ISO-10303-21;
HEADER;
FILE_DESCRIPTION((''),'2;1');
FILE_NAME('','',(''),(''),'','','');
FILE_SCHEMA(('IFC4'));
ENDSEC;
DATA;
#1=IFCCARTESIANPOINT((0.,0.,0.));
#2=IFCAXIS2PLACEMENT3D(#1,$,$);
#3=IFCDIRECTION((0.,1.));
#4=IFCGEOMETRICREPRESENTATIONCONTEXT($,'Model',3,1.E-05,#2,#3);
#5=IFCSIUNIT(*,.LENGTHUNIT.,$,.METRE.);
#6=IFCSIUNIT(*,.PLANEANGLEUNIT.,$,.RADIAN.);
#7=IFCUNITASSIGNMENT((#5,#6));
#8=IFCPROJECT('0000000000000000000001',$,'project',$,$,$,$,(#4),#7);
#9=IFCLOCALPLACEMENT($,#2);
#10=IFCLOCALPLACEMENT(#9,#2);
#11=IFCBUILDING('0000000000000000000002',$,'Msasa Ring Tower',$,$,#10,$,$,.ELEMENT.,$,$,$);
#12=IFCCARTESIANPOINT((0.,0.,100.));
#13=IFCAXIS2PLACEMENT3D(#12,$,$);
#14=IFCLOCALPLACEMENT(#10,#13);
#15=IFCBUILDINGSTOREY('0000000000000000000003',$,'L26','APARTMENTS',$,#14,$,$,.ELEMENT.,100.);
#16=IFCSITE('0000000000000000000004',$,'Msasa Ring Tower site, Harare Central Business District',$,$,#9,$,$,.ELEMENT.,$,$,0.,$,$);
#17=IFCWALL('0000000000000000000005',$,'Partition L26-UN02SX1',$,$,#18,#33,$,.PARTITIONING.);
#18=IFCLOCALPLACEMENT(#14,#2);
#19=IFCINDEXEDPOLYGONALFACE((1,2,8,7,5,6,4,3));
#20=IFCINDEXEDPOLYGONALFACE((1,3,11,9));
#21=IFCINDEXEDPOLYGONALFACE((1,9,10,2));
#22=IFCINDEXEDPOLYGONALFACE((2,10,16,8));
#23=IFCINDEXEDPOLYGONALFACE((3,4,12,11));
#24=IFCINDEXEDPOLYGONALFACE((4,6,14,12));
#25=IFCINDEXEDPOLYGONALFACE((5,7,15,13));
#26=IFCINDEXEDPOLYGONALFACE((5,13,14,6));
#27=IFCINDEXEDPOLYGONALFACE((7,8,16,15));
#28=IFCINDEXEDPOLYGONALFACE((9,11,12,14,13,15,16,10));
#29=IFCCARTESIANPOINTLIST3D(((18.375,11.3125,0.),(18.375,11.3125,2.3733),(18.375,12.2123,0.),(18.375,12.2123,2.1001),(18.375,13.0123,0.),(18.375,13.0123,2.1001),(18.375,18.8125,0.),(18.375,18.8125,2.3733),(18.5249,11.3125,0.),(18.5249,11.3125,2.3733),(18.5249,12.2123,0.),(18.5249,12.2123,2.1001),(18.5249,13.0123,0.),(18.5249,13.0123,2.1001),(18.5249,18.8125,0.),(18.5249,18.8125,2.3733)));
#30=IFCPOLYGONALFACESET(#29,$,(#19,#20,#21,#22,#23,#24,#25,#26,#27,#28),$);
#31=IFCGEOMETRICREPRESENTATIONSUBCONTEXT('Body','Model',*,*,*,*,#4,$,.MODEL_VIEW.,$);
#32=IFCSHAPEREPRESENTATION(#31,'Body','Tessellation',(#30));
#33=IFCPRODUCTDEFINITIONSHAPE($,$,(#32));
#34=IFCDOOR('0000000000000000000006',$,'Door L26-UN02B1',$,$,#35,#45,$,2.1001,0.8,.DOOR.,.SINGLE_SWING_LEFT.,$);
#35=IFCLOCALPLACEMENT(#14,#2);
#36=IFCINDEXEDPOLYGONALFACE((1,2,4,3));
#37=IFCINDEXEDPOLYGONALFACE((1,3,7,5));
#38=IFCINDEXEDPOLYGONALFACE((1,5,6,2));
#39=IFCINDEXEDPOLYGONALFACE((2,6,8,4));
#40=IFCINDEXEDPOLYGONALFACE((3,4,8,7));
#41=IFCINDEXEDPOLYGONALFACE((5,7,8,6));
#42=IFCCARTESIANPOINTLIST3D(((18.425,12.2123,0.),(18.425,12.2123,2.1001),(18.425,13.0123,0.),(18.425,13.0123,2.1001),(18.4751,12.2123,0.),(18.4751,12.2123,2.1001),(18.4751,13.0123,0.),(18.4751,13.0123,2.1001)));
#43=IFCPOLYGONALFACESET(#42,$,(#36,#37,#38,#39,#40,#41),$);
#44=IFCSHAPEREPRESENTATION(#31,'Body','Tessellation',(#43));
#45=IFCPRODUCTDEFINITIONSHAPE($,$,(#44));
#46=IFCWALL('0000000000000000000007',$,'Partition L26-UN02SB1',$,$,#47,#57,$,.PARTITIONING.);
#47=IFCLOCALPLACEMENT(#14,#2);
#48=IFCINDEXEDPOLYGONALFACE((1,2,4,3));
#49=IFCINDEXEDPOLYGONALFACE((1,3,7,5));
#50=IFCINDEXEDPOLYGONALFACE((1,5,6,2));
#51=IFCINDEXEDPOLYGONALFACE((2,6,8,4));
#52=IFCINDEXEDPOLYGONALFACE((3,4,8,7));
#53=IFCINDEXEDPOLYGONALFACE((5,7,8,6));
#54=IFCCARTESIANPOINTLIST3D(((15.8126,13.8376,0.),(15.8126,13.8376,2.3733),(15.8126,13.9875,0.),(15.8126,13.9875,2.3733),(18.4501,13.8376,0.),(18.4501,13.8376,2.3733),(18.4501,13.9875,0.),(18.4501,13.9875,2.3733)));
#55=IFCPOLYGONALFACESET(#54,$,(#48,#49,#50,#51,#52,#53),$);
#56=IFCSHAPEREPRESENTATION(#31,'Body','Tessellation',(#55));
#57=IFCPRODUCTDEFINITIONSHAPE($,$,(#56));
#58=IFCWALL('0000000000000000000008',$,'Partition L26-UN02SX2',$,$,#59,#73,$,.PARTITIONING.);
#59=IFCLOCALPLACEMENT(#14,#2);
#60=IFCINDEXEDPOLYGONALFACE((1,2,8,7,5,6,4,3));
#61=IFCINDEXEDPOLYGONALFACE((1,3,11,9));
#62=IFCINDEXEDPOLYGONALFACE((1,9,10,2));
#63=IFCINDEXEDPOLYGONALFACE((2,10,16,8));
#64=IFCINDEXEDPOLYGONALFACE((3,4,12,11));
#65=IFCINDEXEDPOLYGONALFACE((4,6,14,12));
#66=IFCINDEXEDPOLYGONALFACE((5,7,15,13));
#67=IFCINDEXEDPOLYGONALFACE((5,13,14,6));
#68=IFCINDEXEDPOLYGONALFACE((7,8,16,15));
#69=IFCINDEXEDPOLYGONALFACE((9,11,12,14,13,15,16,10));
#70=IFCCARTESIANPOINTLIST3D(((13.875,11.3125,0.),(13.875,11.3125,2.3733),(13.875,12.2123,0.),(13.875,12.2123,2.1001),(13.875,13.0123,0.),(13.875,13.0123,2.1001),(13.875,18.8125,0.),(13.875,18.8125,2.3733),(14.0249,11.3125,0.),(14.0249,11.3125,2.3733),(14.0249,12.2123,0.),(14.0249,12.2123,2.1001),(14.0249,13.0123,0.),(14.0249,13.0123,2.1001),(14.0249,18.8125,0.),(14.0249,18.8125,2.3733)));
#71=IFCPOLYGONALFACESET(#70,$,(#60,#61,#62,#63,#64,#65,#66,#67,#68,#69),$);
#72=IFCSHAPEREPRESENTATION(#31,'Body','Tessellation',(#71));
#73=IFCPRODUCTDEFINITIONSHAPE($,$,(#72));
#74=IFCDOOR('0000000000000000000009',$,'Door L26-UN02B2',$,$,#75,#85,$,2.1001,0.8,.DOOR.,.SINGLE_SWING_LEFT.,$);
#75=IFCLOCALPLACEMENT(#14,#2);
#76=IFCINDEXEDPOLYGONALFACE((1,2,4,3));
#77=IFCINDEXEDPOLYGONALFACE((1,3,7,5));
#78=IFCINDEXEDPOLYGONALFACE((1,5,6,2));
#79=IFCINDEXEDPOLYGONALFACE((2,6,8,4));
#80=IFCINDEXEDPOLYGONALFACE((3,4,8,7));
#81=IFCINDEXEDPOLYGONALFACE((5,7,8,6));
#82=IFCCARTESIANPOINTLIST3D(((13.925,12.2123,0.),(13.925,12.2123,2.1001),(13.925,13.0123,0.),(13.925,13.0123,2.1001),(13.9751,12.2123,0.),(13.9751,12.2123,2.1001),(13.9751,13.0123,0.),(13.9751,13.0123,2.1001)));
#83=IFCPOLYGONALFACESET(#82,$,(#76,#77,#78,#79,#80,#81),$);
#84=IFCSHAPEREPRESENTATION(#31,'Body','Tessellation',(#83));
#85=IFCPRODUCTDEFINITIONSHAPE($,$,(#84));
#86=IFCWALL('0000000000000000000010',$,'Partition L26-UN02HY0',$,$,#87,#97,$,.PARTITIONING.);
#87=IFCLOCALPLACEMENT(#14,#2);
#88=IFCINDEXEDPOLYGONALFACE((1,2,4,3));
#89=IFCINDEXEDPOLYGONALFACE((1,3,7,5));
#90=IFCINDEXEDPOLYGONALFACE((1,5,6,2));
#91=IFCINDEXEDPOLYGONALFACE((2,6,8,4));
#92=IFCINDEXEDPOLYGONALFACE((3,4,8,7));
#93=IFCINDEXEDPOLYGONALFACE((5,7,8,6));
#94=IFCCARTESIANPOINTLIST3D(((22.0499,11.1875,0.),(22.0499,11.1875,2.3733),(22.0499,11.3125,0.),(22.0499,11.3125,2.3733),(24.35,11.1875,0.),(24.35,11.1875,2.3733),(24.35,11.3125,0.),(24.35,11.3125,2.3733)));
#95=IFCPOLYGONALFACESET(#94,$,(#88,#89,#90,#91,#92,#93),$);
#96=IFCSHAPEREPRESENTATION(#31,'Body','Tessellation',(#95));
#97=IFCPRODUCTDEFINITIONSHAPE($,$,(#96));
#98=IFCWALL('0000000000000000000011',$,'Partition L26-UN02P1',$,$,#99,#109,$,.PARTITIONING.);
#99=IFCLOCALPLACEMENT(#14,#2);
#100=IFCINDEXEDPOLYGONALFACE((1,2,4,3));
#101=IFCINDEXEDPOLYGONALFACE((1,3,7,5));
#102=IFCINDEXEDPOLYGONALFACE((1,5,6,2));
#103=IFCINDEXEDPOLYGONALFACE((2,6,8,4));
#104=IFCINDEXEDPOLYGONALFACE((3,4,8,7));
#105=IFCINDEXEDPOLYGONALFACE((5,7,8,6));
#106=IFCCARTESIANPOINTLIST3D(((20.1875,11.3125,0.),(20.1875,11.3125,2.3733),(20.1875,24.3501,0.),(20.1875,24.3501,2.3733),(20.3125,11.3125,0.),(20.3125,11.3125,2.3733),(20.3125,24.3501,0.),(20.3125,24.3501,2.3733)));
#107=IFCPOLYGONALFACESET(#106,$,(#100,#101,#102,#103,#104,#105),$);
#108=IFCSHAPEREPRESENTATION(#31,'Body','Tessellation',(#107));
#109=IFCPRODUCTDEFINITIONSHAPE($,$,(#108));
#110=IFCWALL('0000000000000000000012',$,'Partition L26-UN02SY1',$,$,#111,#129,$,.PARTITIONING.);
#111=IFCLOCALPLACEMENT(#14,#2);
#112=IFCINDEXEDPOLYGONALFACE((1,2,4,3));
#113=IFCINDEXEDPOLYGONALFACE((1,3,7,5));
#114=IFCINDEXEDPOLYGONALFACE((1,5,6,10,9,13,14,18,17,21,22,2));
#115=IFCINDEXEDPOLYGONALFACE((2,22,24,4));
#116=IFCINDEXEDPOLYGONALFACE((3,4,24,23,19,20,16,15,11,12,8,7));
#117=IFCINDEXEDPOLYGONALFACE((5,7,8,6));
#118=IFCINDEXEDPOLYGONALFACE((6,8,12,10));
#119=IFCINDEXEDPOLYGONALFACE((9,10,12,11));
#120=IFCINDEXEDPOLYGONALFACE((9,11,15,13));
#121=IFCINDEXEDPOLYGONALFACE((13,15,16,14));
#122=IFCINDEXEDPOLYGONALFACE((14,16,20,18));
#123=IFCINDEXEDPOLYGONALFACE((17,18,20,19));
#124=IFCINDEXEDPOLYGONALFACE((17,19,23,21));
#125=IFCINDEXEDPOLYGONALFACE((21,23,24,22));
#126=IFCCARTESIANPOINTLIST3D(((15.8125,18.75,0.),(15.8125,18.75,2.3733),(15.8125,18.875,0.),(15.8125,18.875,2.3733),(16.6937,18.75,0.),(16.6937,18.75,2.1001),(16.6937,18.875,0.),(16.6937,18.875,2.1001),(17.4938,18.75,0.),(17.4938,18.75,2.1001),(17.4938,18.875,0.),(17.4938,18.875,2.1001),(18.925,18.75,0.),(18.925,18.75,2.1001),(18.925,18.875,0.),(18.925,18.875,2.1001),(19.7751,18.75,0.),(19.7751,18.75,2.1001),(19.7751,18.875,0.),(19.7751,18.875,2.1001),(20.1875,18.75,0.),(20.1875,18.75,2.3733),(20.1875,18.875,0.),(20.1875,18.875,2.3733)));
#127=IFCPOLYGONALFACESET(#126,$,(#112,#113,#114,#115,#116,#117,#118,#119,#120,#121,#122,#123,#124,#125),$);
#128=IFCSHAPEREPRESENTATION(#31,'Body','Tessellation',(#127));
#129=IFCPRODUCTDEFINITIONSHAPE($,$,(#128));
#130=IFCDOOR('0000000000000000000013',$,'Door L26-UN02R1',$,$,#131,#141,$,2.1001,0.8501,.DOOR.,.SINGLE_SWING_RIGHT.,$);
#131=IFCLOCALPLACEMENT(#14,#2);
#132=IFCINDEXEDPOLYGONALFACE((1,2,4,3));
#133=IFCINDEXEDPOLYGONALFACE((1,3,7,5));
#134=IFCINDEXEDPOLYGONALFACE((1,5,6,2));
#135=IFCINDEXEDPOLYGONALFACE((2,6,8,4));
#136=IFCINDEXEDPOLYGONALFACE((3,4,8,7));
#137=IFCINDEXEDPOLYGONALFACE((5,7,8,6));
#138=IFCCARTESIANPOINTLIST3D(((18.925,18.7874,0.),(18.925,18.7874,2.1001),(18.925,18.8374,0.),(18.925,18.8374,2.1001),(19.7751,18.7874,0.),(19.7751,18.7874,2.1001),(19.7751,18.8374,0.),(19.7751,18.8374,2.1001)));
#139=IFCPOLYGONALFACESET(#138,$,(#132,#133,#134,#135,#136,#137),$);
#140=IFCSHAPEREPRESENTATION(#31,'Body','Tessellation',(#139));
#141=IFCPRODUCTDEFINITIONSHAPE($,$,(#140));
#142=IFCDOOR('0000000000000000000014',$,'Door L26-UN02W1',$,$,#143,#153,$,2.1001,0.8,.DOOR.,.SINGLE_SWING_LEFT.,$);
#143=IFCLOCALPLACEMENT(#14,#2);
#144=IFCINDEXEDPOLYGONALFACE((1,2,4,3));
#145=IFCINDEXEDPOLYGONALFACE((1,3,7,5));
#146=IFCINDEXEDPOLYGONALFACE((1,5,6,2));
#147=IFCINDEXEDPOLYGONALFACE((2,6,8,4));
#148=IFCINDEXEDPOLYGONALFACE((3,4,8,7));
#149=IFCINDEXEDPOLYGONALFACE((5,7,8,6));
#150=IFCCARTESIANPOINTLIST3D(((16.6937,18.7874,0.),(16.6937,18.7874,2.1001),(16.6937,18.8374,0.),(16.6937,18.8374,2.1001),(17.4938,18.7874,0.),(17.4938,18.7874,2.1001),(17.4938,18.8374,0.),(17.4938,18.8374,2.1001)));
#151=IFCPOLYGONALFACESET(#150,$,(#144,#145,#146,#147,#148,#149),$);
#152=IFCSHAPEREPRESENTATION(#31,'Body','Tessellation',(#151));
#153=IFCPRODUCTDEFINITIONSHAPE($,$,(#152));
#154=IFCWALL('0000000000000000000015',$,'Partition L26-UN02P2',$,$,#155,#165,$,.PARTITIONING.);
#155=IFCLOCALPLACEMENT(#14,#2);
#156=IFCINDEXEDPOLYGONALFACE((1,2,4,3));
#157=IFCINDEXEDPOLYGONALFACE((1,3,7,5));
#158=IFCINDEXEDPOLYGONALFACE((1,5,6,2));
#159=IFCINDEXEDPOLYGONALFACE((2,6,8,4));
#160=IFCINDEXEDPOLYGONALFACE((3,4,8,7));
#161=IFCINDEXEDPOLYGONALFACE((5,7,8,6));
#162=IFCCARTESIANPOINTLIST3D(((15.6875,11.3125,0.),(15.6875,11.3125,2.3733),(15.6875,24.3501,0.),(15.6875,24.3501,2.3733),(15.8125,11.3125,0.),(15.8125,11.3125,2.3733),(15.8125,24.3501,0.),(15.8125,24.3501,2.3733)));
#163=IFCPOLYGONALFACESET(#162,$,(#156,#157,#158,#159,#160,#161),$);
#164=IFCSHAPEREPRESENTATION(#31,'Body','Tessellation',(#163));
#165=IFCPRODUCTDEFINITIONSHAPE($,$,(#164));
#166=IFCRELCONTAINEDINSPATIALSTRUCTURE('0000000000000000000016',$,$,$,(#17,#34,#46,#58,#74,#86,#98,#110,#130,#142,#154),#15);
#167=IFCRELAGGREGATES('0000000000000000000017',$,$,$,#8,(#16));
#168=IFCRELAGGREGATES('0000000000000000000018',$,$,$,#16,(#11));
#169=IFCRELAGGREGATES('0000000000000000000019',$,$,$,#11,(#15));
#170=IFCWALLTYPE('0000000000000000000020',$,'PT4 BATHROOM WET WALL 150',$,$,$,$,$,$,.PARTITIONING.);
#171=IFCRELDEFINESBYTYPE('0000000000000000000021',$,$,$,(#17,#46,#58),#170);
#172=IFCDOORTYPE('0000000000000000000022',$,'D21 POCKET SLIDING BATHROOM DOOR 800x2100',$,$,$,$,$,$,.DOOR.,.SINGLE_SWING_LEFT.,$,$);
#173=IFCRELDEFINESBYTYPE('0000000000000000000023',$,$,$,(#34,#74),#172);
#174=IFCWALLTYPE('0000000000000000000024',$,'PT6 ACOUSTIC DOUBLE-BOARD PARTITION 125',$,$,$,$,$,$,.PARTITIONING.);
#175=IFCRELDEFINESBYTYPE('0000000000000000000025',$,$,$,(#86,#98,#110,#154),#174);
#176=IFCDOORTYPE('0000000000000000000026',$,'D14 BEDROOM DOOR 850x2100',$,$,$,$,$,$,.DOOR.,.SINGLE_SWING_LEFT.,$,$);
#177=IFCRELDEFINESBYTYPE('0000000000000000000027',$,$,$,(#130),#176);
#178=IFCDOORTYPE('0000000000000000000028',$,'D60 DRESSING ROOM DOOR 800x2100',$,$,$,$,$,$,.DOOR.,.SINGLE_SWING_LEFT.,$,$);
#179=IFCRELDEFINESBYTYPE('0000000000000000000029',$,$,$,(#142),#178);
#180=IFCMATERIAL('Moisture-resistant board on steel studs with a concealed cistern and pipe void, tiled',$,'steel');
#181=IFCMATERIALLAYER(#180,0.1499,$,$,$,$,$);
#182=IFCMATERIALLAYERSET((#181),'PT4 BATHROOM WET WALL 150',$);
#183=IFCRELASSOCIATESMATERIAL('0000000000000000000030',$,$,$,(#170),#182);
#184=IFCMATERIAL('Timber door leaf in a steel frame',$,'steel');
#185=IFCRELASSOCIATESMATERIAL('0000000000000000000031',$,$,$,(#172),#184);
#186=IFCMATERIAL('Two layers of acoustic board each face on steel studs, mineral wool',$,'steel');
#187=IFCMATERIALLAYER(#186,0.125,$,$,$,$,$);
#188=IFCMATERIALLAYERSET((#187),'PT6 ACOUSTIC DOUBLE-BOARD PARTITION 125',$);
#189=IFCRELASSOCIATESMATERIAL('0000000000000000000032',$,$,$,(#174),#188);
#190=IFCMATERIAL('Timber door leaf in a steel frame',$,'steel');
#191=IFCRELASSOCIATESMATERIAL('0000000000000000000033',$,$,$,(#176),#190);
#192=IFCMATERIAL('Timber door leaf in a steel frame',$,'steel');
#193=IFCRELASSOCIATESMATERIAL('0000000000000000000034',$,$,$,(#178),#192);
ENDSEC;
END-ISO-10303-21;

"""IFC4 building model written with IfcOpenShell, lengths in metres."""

from ifc_helpers import new_model, si_unit, direction, frame, frame_2d, origin, place, context, subcontext, project, spatial, rectangle, extrude, material, layer, layer_set, type_object, element, fill, save


model = new_model("IFC4")

# Units and contexts
model_context = context("Model", 3, precision=1e-05, world=origin(), true_north=direction((0.0, 1.0)))
body_context = subcontext(model_context, "Body", "Model", "MODEL_VIEW")
ifc_project = project(units=[si_unit("LENGTHUNIT", "METRE"), si_unit("PLANEANGLEUNIT", "RADIAN")], contexts=[model_context])

# Site, building, storey
site_placement = place(None, origin())
site = spatial("IfcSite", under=ifc_project, at=site_placement, Name="Msasa Ring Tower site, Harare Central Business District", CompositionType="ELEMENT", RefElevation=0.0)
building_placement = place(site_placement, origin())
building = spatial("IfcBuilding", under=site, at=building_placement, Name="Msasa Ring Tower", CompositionType="ELEMENT")
storey_placement = place(building_placement, frame((0.0, 0.0, 100.0)))
storey = spatial("IfcBuildingStorey", under=building, at=storey_placement, Name="L26", Description="APARTMENTS", CompositionType="ELEMENT", Elevation=100.0)

# Wall, opening, door
ifc_material_1 = material(Name="Moisture-resistant board on steel studs with a concealed cistern and pipe void, tiled", Category="steel")
ifc_layer_1 = layer(ifc_material_1, 0.1499)
ifc_layer_set_1 = layer_set([ifc_layer_1], Name="PT4 BATHROOM WET WALL 150")
wall_type_1 = type_object("IfcWallType", Name="PT4 BATHROOM WET WALL 150", PredefinedType="PARTITIONING", material=ifc_layer_set_1)
wall_1_placement = place(storey_placement, frame((18.45, 11.3125, 0.0), z_axis=(0.0, 0.0, 1.0), x_axis=(0.0, 1.0, 0.0)))
wall_1 = element("IfcWall", 1, at=wall_1_placement, inside=storey, type_object=wall_type_1, Name="Partition L26-UN02SX1", PredefinedType="PARTITIONING", context=body_context, shape_type="SweptSolid", body=[
    extrude(rectangle(XDim=7.5, YDim=0.1499, at=frame_2d((3.75, 0.0))), origin(), (0.0, 0.0, 1.0), 2.3733),
])
opening_1_placement = place(wall_1_placement, frame((0.8999, 0.0, 0.0)))
opening_1 = element("IfcOpeningElement", 2, at=opening_1_placement, cuts=wall_1, PredefinedType="OPENING", context=body_context, shape_type="SweptSolid", body=[
    extrude(rectangle(XDim=0.8, YDim=2.1001, at=frame_2d((0.3999, 1.05))), frame((0.0, 0.085, 0.0), z_axis=(0.0, -1.0, 0.0), x_axis=(1.0, 0.0, 0.0)), (0.0, 0.0, 1.0), 0.1699),
])
ifc_material_2 = material(Name="Timber door leaf in a steel frame", Category="steel")
door_type_1 = type_object("IfcDoorType", Name="D21 POCKET SLIDING BATHROOM DOOR 800x2100", OperationType="SINGLE_SWING_LEFT", PredefinedType="DOOR", material=ifc_material_2)
door_1_placement = place(opening_1_placement, origin())
door_1 = element("IfcDoor", 3, at=door_1_placement, inside=storey, type_object=door_type_1, Name="Door L26-UN02B1", OperationType="SINGLE_SWING_LEFT", OverallHeight=2.1001, OverallWidth=0.8, PredefinedType="DOOR", context=body_context, shape_type="SweptSolid", body=[
    extrude(rectangle(XDim=0.8, YDim=2.1001, at=frame_2d((0.3999, 1.05))), frame((0.0, 0.0249, 0.0), z_axis=(0.0, -1.0, 0.0), x_axis=(1.0, 0.0, 0.0)), (0.0, 0.0, 1.0), 0.05),
])
fill(opening_1, door_1)

# Wall
wall_2_placement = place(storey_placement, frame((15.8125, 13.9126, 0.0), z_axis=(0.0, 0.0, 1.0), x_axis=(1.0, 0.0, 0.0)))
element("IfcWall", 4, at=wall_2_placement, inside=storey, type_object=wall_type_1, Name="Partition L26-UN02SB1", PredefinedType="PARTITIONING", context=body_context, shape_type="SweptSolid", body=[
    extrude(rectangle(XDim=2.6375, YDim=0.1499, at=frame_2d((1.3188, 0.0))), origin(), (0.0, 0.0, 1.0), 2.3733),
])

# Wall, opening, door
wall_3_placement = place(storey_placement, frame((13.95, 11.3125, 0.0), z_axis=(0.0, 0.0, 1.0), x_axis=(0.0, 1.0, 0.0)))
wall_3 = element("IfcWall", 5, at=wall_3_placement, inside=storey, type_object=wall_type_1, Name="Partition L26-UN02SX2", PredefinedType="PARTITIONING", context=body_context, shape_type="SweptSolid", body=[
    extrude(rectangle(XDim=7.5, YDim=0.1499, at=frame_2d((3.75, 0.0))), origin(), (0.0, 0.0, 1.0), 2.3733),
])
opening_2_placement = place(wall_3_placement, frame((0.8999, 0.0, 0.0)))
opening_2 = element("IfcOpeningElement", 6, at=opening_2_placement, cuts=wall_3, PredefinedType="OPENING", context=body_context, shape_type="SweptSolid", body=[
    extrude(rectangle(XDim=0.8, YDim=2.1001, at=frame_2d((0.3999, 1.05))), frame((0.0, 0.085, 0.0), z_axis=(0.0, -1.0, 0.0), x_axis=(1.0, 0.0, 0.0)), (0.0, 0.0, 1.0), 0.1699),
])
door_2_placement = place(opening_2_placement, origin())
door_2 = element("IfcDoor", 7, at=door_2_placement, inside=storey, type_object=door_type_1, Name="Door L26-UN02B2", OperationType="SINGLE_SWING_LEFT", OverallHeight=2.1001, OverallWidth=0.8, PredefinedType="DOOR", context=body_context, shape_type="SweptSolid", body=[
    extrude(rectangle(XDim=0.8, YDim=2.1001, at=frame_2d((0.3999, 1.05))), frame((0.0, 0.0249, 0.0), z_axis=(0.0, -1.0, 0.0), x_axis=(1.0, 0.0, 0.0)), (0.0, 0.0, 1.0), 0.05),
])
fill(opening_2, door_2)

# Walls
ifc_material_3 = material(Name="Two layers of acoustic board each face on steel studs, mineral wool", Category="steel")
ifc_layer_2 = layer(ifc_material_3, 0.125)
ifc_layer_set_2 = layer_set([ifc_layer_2], Name="PT6 ACOUSTIC DOUBLE-BOARD PARTITION 125")
wall_type_2 = type_object("IfcWallType", Name="PT6 ACOUSTIC DOUBLE-BOARD PARTITION 125", PredefinedType="PARTITIONING", material=ifc_layer_set_2)
wall_4_placement = place(storey_placement, frame((22.05, 11.25, 0.0), z_axis=(0.0, 0.0, 1.0), x_axis=(1.0, 0.0, 0.0)))
element("IfcWall", 8, at=wall_4_placement, inside=storey, type_object=wall_type_2, Name="Partition L26-UN02HY0", PredefinedType="PARTITIONING", context=body_context, shape_type="SweptSolid", body=[
    extrude(rectangle(XDim=2.3, YDim=0.125, at=frame_2d((1.1499, 0.0))), origin(), (0.0, 0.0, 1.0), 2.3733),
])
wall_5_placement = place(storey_placement, frame((20.25, 11.3125, 0.0), z_axis=(0.0, 0.0, 1.0), x_axis=(0.0, 1.0, 0.0)))
element("IfcWall", 9, at=wall_5_placement, inside=storey, type_object=wall_type_2, Name="Partition L26-UN02P1", PredefinedType="PARTITIONING", context=body_context, shape_type="SweptSolid", body=[
    extrude(rectangle(XDim=13.0376, YDim=0.125, at=frame_2d((6.5188, 0.0))), origin(), (0.0, 0.0, 1.0), 2.3733),
])

# Wall, openings, doors
wall_6_placement = place(storey_placement, frame((15.8125, 18.8125, 0.0), z_axis=(0.0, 0.0, 1.0), x_axis=(1.0, 0.0, 0.0)))
wall_6 = element("IfcWall", 10, at=wall_6_placement, inside=storey, type_object=wall_type_2, Name="Partition L26-UN02SY1", PredefinedType="PARTITIONING", context=body_context, shape_type="SweptSolid", body=[
    extrude(rectangle(XDim=4.375, YDim=0.125, at=frame_2d((2.1875, 0.0))), origin(), (0.0, 0.0, 1.0), 2.3733),
])
opening_3_placement = place(wall_6_placement, frame((3.1125, 0.0, 0.0)))
opening_3 = element("IfcOpeningElement", 11, at=opening_3_placement, cuts=wall_6, PredefinedType="OPENING", context=body_context, shape_type="SweptSolid", body=[
    extrude(rectangle(XDim=0.8501, YDim=2.1001, at=frame_2d((0.425, 1.05))), frame((0.0, 0.0725, 0.0), z_axis=(0.0, -1.0, 0.0), x_axis=(1.0, 0.0, 0.0)), (0.0, 0.0, 1.0), 0.145),
])
opening_4_placement = place(wall_6_placement, frame((0.8813, 0.0, 0.0)))
opening_4 = element("IfcOpeningElement", 12, at=opening_4_placement, cuts=wall_6, PredefinedType="OPENING", context=body_context, shape_type="SweptSolid", body=[
    extrude(rectangle(XDim=0.8, YDim=2.1001, at=frame_2d((0.3999, 1.05))), frame((0.0, 0.0725, 0.0), z_axis=(0.0, -1.0, 0.0), x_axis=(1.0, 0.0, 0.0)), (0.0, 0.0, 1.0), 0.145),
])
ifc_material_4 = material(Name="Timber door leaf in a steel frame", Category="steel")
door_type_2 = type_object("IfcDoorType", Name="D14 BEDROOM DOOR 850x2100", OperationType="SINGLE_SWING_LEFT", PredefinedType="DOOR", material=ifc_material_4)
door_3_placement = place(opening_3_placement, origin())
door_3 = element("IfcDoor", 13, at=door_3_placement, inside=storey, type_object=door_type_2, Name="Door L26-UN02R1", OperationType="SINGLE_SWING_RIGHT", OverallHeight=2.1001, OverallWidth=0.8501, PredefinedType="DOOR", context=body_context, shape_type="SweptSolid", body=[
    extrude(rectangle(XDim=0.8501, YDim=2.1001, at=frame_2d((0.425, 1.05))), frame((0.0, 0.0249, 0.0), z_axis=(0.0, -1.0, 0.0), x_axis=(1.0, 0.0, 0.0)), (0.0, 0.0, 1.0), 0.05),
])
fill(opening_3, door_3)
ifc_material_5 = material(Name="Timber door leaf in a steel frame", Category="steel")
door_type_3 = type_object("IfcDoorType", Name="D60 DRESSING ROOM DOOR 800x2100", OperationType="SINGLE_SWING_LEFT", PredefinedType="DOOR", material=ifc_material_5)
door_4_placement = place(opening_4_placement, origin())
door_4 = element("IfcDoor", 14, at=door_4_placement, inside=storey, type_object=door_type_3, Name="Door L26-UN02W1", OperationType="SINGLE_SWING_LEFT", OverallHeight=2.1001, OverallWidth=0.8, PredefinedType="DOOR", context=body_context, shape_type="SweptSolid", body=[
    extrude(rectangle(XDim=0.8, YDim=2.1001, at=frame_2d((0.3999, 1.05))), frame((0.0, 0.0249, 0.0), z_axis=(0.0, -1.0, 0.0), x_axis=(1.0, 0.0, 0.0)), (0.0, 0.0, 1.0), 0.05),
])
fill(opening_4, door_4)

# Wall
wall_7_placement = place(storey_placement, frame((15.75, 11.3125, 0.0), z_axis=(0.0, 0.0, 1.0), x_axis=(0.0, 1.0, 0.0)))
element("IfcWall", 15, at=wall_7_placement, inside=storey, type_object=wall_type_2, Name="Partition L26-UN02P2", PredefinedType="PARTITIONING", context=body_context, shape_type="SweptSolid", body=[
    extrude(rectangle(XDim=13.0376, YDim=0.125, at=frame_2d((6.5188, 0.0))), origin(), (0.0, 0.0, 1.0), 2.3733),
])

save(model, "model.ifc")
